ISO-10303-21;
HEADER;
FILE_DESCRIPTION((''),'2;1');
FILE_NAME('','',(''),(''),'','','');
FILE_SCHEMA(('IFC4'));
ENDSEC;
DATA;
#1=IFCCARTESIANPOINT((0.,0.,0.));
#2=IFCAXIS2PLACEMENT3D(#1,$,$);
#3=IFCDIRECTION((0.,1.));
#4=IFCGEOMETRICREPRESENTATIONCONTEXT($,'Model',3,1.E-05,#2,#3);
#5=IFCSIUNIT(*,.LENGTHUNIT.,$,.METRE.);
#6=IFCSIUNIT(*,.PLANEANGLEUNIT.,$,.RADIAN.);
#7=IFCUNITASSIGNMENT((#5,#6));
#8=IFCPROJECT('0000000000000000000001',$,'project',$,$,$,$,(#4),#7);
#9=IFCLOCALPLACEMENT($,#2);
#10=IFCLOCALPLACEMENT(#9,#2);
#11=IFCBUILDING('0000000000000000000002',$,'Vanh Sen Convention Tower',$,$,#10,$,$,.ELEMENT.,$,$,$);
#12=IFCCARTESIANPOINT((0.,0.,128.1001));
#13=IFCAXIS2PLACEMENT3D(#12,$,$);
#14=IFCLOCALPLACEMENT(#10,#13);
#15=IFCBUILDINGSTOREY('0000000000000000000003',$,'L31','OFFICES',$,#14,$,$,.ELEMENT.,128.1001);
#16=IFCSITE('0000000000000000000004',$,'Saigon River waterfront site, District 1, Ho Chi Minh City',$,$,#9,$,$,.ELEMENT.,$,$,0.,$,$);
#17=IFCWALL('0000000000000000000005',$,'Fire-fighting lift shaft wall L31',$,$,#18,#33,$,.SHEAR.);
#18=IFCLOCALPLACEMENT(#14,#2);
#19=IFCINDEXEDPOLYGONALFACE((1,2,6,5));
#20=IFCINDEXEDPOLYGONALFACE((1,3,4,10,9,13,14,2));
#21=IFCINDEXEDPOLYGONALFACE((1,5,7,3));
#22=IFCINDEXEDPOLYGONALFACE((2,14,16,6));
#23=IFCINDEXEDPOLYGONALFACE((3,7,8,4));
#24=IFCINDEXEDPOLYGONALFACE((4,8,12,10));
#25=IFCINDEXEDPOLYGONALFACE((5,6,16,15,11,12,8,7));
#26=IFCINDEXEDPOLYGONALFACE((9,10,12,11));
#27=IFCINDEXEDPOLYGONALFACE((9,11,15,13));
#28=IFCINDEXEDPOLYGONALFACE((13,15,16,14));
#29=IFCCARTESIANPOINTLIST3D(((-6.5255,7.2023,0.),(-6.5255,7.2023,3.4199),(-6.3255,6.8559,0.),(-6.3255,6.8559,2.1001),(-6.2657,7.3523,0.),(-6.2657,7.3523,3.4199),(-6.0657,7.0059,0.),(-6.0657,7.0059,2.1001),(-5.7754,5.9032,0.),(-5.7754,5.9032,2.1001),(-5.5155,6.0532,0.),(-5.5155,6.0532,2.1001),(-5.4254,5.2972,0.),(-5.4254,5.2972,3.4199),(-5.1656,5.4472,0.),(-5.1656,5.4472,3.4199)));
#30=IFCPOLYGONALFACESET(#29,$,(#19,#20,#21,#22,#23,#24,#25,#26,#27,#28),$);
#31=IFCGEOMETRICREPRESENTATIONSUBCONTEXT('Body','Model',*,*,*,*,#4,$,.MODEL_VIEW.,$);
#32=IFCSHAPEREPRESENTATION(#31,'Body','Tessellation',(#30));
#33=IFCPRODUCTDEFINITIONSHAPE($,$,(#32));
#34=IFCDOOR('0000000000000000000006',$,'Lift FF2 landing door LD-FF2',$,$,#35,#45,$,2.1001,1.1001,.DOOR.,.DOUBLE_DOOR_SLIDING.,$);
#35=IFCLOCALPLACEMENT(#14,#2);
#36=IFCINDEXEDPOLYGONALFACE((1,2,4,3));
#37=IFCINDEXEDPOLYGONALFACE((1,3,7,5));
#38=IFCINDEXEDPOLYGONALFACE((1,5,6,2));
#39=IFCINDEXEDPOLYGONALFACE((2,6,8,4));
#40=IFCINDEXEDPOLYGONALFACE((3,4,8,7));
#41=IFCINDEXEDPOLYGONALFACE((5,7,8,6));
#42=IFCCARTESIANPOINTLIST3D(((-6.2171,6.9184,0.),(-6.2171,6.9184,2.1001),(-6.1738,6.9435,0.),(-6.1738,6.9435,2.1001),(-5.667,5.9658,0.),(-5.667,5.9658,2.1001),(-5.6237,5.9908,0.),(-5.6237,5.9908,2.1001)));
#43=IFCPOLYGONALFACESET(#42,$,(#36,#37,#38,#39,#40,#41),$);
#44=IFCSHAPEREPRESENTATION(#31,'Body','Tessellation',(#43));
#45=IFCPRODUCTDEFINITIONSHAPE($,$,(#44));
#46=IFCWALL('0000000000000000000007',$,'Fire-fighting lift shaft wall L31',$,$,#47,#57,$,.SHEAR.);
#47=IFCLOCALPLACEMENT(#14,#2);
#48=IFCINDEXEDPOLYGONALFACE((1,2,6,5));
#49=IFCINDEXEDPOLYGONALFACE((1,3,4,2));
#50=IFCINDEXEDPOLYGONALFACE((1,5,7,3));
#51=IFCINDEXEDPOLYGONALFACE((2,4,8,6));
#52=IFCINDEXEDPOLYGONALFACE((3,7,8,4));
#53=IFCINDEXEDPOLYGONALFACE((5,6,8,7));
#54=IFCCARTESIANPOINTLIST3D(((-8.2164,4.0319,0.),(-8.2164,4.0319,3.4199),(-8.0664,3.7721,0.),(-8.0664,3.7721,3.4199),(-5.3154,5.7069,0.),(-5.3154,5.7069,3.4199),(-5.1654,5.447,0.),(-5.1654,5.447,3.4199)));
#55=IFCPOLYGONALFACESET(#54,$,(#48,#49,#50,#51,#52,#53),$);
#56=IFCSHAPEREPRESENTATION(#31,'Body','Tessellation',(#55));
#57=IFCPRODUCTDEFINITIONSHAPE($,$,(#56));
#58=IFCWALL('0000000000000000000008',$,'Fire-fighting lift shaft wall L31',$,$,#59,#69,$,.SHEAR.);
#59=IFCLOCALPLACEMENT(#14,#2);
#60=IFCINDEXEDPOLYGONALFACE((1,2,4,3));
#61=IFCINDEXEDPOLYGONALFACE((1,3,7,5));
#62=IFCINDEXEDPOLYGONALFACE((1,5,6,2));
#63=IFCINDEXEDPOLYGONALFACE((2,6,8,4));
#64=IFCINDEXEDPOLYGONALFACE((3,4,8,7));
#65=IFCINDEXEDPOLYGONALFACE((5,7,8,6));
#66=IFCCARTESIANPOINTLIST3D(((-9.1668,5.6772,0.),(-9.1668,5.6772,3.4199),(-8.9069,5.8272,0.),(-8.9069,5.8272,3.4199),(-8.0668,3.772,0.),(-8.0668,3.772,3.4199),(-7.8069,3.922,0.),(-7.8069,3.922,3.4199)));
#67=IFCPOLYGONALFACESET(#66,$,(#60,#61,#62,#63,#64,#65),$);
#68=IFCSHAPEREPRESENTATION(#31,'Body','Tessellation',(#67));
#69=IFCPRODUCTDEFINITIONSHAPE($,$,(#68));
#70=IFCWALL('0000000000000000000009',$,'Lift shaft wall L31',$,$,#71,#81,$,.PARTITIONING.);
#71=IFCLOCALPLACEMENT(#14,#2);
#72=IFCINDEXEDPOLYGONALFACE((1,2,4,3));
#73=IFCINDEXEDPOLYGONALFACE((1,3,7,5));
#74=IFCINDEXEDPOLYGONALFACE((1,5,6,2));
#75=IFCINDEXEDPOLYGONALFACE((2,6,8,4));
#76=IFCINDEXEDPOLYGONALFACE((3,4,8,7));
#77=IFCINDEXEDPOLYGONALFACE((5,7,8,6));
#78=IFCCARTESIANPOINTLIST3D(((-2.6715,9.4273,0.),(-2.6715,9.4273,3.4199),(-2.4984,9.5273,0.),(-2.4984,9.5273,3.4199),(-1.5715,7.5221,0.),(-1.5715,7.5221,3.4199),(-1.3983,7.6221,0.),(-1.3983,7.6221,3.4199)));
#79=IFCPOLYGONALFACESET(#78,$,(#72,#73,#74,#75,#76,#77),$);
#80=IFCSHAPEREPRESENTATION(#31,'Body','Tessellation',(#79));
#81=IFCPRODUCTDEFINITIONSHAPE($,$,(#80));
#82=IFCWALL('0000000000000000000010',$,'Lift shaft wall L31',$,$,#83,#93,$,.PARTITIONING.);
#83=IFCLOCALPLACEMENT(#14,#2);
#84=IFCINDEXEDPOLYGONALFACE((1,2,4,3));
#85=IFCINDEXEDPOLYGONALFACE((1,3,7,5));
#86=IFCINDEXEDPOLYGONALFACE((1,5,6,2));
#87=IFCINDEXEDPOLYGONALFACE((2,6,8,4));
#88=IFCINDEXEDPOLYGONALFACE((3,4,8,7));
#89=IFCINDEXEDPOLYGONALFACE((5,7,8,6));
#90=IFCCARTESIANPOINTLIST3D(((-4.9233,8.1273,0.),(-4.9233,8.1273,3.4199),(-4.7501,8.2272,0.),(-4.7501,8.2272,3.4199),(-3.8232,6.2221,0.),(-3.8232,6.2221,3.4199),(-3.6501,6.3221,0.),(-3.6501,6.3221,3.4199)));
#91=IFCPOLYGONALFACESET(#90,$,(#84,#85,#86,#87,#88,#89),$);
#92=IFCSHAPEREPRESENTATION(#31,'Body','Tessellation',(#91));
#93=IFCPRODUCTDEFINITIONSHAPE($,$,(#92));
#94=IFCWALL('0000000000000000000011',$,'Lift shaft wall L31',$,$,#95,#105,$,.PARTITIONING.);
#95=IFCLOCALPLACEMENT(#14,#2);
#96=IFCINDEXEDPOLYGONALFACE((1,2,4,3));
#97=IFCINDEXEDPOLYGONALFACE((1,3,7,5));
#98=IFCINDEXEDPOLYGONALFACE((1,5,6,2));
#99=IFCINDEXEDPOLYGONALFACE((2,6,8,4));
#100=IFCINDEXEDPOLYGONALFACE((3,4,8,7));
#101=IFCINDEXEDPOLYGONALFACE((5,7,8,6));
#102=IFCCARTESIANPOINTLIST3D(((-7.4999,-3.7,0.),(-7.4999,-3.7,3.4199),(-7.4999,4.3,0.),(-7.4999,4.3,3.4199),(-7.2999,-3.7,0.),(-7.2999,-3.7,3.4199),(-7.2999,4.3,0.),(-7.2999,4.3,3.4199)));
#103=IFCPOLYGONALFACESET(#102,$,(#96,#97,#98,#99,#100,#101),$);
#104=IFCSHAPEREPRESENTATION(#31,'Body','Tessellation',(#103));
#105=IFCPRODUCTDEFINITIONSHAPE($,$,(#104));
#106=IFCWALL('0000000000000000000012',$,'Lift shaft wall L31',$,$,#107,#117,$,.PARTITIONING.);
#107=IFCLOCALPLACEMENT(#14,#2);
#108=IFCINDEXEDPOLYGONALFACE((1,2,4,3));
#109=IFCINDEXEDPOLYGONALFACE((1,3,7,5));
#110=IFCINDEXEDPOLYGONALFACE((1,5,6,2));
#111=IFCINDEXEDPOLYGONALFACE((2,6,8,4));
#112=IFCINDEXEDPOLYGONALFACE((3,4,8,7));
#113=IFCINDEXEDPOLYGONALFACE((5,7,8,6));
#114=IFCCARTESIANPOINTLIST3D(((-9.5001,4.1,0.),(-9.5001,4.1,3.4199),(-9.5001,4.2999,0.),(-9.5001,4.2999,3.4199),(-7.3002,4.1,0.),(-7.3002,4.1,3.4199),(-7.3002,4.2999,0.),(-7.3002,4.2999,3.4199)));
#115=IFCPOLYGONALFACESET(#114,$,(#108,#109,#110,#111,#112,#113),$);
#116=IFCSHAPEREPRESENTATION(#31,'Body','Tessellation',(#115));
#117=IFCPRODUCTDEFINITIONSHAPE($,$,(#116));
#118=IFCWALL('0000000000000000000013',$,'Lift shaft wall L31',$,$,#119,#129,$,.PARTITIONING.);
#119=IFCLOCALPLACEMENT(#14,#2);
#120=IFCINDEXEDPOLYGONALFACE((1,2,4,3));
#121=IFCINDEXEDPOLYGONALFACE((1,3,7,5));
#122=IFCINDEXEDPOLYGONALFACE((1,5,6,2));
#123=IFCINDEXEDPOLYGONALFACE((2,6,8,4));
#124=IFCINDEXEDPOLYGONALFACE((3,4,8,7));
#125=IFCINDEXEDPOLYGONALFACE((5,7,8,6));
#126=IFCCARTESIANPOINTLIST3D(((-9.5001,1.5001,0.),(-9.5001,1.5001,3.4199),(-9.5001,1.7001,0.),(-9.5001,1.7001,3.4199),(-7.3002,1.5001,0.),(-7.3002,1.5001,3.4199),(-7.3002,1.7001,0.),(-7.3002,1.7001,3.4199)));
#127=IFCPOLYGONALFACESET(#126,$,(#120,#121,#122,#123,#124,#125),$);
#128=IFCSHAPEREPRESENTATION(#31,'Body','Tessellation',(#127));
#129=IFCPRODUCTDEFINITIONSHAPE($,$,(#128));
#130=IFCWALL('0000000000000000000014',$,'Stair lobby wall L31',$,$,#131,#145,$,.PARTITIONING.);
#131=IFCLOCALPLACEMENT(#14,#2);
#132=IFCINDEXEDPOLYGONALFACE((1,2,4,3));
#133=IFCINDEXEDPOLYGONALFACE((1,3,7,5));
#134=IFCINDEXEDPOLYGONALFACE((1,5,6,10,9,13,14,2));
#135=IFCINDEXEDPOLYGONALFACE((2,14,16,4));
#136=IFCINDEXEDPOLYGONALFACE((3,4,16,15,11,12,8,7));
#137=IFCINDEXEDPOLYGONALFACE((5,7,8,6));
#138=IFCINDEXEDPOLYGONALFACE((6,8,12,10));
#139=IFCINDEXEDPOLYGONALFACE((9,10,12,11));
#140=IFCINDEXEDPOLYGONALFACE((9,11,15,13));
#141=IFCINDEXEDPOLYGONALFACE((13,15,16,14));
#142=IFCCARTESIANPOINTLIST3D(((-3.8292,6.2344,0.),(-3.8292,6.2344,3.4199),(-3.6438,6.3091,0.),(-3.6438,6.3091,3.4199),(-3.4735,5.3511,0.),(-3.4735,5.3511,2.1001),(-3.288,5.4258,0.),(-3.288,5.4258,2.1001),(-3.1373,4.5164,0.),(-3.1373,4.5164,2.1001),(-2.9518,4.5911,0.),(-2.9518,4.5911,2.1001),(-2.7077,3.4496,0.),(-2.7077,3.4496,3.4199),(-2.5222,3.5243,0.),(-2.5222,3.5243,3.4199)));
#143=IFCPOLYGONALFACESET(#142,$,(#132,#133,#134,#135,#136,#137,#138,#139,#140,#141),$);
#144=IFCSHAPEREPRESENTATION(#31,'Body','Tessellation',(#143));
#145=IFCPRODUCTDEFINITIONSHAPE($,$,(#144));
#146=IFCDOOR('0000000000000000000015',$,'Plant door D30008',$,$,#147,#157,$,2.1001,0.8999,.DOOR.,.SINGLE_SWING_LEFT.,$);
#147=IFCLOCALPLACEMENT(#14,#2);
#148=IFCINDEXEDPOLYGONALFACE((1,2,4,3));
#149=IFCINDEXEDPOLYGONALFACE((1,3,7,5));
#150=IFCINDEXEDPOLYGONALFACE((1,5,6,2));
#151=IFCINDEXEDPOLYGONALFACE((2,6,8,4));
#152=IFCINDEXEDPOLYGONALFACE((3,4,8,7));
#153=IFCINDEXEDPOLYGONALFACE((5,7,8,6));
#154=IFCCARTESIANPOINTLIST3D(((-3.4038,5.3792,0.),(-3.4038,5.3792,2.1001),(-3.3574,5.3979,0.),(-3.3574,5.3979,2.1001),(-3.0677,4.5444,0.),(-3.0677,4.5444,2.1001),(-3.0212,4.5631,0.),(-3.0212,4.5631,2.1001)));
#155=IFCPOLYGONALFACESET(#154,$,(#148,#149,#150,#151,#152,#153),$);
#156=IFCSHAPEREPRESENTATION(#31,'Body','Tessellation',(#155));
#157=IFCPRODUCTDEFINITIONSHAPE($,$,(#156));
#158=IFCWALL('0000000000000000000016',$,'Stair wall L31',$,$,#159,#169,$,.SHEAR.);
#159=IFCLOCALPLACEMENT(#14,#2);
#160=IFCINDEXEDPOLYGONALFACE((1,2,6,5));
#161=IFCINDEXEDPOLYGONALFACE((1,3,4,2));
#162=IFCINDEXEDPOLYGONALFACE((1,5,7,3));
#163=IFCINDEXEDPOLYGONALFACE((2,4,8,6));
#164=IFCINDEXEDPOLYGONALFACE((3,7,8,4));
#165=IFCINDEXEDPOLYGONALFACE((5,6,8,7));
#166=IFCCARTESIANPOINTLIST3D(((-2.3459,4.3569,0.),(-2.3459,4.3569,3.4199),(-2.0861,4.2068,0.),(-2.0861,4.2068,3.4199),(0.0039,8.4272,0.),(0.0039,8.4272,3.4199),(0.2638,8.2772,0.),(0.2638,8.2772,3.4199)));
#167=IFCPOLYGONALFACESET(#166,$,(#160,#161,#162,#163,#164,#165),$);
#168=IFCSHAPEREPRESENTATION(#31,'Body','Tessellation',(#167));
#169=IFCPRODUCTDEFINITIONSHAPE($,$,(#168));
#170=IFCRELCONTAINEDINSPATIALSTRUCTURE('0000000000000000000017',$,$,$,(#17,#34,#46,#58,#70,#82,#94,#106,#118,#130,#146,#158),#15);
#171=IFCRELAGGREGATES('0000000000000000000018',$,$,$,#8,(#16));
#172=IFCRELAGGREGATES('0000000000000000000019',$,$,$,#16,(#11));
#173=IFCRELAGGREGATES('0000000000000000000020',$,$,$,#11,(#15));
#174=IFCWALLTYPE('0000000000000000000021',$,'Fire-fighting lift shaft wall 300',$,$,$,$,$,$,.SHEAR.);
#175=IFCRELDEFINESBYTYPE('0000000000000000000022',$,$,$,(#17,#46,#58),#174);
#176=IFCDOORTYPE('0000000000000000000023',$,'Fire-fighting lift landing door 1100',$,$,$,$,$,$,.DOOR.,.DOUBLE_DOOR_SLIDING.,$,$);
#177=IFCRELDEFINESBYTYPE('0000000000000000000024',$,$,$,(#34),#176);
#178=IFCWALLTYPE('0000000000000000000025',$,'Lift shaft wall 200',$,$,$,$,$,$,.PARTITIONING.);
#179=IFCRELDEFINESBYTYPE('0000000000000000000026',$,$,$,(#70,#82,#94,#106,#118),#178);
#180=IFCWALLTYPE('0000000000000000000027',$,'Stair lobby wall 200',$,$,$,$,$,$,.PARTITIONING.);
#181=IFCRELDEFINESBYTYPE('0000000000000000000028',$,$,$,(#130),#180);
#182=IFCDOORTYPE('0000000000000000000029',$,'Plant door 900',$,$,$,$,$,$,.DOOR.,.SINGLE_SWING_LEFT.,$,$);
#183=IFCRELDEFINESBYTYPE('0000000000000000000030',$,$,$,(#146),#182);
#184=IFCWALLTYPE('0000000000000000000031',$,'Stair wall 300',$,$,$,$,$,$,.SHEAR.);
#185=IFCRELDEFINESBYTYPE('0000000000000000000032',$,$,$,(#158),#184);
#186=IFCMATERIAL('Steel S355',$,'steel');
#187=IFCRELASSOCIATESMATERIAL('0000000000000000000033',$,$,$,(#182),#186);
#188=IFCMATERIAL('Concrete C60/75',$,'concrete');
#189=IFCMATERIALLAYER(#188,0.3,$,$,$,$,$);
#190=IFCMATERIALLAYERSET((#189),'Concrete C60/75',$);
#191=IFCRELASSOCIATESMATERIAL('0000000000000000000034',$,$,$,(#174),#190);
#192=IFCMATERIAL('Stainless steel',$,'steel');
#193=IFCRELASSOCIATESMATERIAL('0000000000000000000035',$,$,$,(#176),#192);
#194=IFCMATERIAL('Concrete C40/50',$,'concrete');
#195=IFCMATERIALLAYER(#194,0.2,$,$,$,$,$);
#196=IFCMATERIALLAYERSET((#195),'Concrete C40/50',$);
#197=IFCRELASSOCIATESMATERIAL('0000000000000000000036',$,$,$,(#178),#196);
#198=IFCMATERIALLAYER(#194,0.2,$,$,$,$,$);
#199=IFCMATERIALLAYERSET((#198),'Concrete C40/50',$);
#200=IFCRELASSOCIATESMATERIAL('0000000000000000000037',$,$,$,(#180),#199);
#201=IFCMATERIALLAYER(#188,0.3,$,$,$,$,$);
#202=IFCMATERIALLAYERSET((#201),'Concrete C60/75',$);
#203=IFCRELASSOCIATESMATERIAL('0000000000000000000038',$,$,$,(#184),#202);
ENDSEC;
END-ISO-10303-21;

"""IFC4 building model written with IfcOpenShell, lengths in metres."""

from ifc_helpers import new_model, si_unit, direction, frame, frame_2d, origin, place, context, subcontext, project, spatial, rectangle, extrude, material, layer, layer_set, type_object, element, fill, save


model = new_model("IFC4")

# Units and contexts
model_context = context("Model", 3, precision=1e-05, world=origin(), true_north=direction((0.0, 1.0)))
body_context = subcontext(model_context, "Body", "Model", "MODEL_VIEW")
ifc_project = project(units=[si_unit("LENGTHUNIT", "METRE"), si_unit("PLANEANGLEUNIT", "RADIAN")], contexts=[model_context])

# Site, building, storey
site_placement = place(None, origin())
site = spatial("IfcSite", under=ifc_project, at=site_placement, Name="Saigon River waterfront site, District 1, Ho Chi Minh City", CompositionType="ELEMENT", RefElevation=0.0)
building_placement = place(site_placement, origin())
building = spatial("IfcBuilding", under=site, at=building_placement, Name="Vanh Sen Convention Tower", CompositionType="ELEMENT")
storey_placement = place(building_placement, frame((0.0, 0.0, 128.1001)))
storey = spatial("IfcBuildingStorey", under=building, at=storey_placement, Name="L31", Description="OFFICES", CompositionType="ELEMENT", Elevation=128.1001)

# Wall, opening, door
ifc_material_1 = material(Name="Steel S355", Category="steel")
door_type_1 = type_object("IfcDoorType", Name="Plant door 900", OperationType="SINGLE_SWING_LEFT", PredefinedType="DOOR", material=ifc_material_1)
ifc_material_2 = material(Name="Concrete C60/75", Category="concrete")
ifc_layer_1 = layer(ifc_material_2, 0.3)
ifc_layer_set_1 = layer_set([ifc_layer_1], Name="Concrete C60/75")
wall_type_1 = type_object("IfcWallType", Name="Fire-fighting lift shaft wall 300", PredefinedType="SHEAR", material=ifc_layer_set_1)
wall_1_placement = place(storey_placement, frame((-5.2954, 5.3721, 0.0), z_axis=(0.0, 0.0, 1.0), x_axis=(-0.500078, 0.86598, 0.0)))
wall_1 = element("IfcWall", 1, at=wall_1_placement, inside=storey, type_object=wall_type_1, Name="Fire-fighting lift shaft wall L31", PredefinedType="SHEAR", context=body_context, shape_type="SweptSolid", body=[
    extrude(rectangle(XDim=2.2, YDim=0.3, at=frame_2d((1.1001, 0.0))), origin(), (0.0, 0.0, 1.0), 3.4199),
])
opening_1_placement = place(wall_1_placement, frame((0.7, 0.0, 0.0)))
opening_1 = element("IfcOpeningElement", 2, at=opening_1_placement, cuts=wall_1, PredefinedType="OPENING", context=body_context, shape_type="SweptSolid", body=[
    extrude(rectangle(XDim=1.1001, YDim=2.1001, at=frame_2d((0.55, 1.05))), frame((0.0, 0.1599, 0.0), z_axis=(0.0, -1.0, 0.0), x_axis=(1.0, 0.0, 0.0)), (0.0, 0.0, 1.0), 0.3201),
])
ifc_material_3 = material(Name="Stainless steel", Category="steel")
door_type_2 = type_object("IfcDoorType", Name="Fire-fighting lift landing door 1100", OperationType="DOUBLE_DOOR_SLIDING", PredefinedType="DOOR", material=ifc_material_3)
door_1_placement = place(opening_1_placement, origin())
door_1 = element("IfcDoor", 3, at=door_1_placement, inside=storey, type_object=door_type_2, Name="Lift FF2 landing door LD-FF2", OperationType="DOUBLE_DOOR_SLIDING", OverallHeight=2.1001, OverallWidth=1.1001, PredefinedType="DOOR", context=body_context, shape_type="SweptSolid", body=[
    extrude(rectangle(XDim=1.1001, YDim=2.1001, at=frame_2d((0.55, 1.05))), frame((0.0, 0.0249, 0.0), z_axis=(0.0, -1.0, 0.0), x_axis=(1.0, 0.0, 0.0)), (0.0, 0.0, 1.0), 0.05),
])
fill(opening_1, door_1)

# Walls
wall_2_placement = place(storey_placement, frame((-5.2405, 5.5769, 0.0), z_axis=(0.0, 0.0, 1.0), x_axis=(-0.866014, -0.500019, 0.0)))
element("IfcWall", 4, at=wall_2_placement, inside=storey, type_object=wall_type_1, Name="Fire-fighting lift shaft wall L31", PredefinedType="SHEAR", context=body_context, shape_type="SweptSolid", body=[
    extrude(rectangle(XDim=3.3499, YDim=0.3, at=frame_2d((1.6748, 0.0))), origin(), (0.0, 0.0, 1.0), 3.4199),
])
wall_3_placement = place(storey_placement, frame((-7.9368, 3.8469, 0.0), z_axis=(0.0, 0.0, 1.0), x_axis=(-0.50003, 0.866008, 0.0)))
element("IfcWall", 5, at=wall_3_placement, inside=storey, type_object=wall_type_1, Name="Fire-fighting lift shaft wall L31", PredefinedType="SHEAR", context=body_context, shape_type="SweptSolid", body=[
    extrude(rectangle(XDim=2.2, YDim=0.3, at=frame_2d((1.1001, 0.0))), origin(), (0.0, 0.0, 1.0), 3.4199),
])
ifc_material_4 = material(Name="Concrete C40/50", Category="concrete")
ifc_layer_2 = layer(ifc_material_4, 0.2)
ifc_layer_set_2 = layer_set([ifc_layer_2], Name="Concrete C40/50")
wall_type_2 = type_object("IfcWallType", Name="Lift shaft wall 200", PredefinedType="PARTITIONING", material=ifc_layer_set_2)
for number, where, z_axis, x_axis, name in (
    (6, (-1.4849, 7.572, 0.0), (0.0, 0.0, 1.0), (-0.50003, 0.866008, 0.0), "Lift shaft wall L31"),
    (7, (-3.7366, 6.272, 0.0), (0.0, 0.0, 1.0), (-0.50003, 0.866008, 0.0), "Lift shaft wall L31"),
):
    element("IfcWall", number, at=place(storey_placement, frame(where, z_axis=z_axis, x_axis=x_axis)), inside=storey, type_object=wall_type_2, Name=name, PredefinedType="PARTITIONING", context=body_context, shape_type="SweptSolid", body=[
        extrude(rectangle(XDim=2.2, YDim=0.2, at=frame_2d((1.1001, 0.0))), origin(), (0.0, 0.0, 1.0), 3.4199),
    ])
wall_4_placement = place(storey_placement, frame((-7.3999, 4.3, 0.0), z_axis=(0.0, 0.0, 1.0), x_axis=(0.0, -1.0, 0.0)))
element("IfcWall", 8, at=wall_4_placement, inside=storey, type_object=wall_type_2, Name="Lift shaft wall L31", PredefinedType="PARTITIONING", context=body_context, shape_type="SweptSolid", body=[
    extrude(rectangle(XDim=8.0, YDim=0.2, at=frame_2d((4.0, 0.0))), origin(), (0.0, 0.0, 1.0), 3.4199),
])
for number, where, z_axis, x_axis, name in (
    (9, (-7.3, 4.2, 0.0), (0.0, 0.0, 1.0), (-1.0, 0.0, 0.0), "Lift shaft wall L31"),
    (10, (-7.3, 1.6001, 0.0), (0.0, 0.0, 1.0), (-1.0, 0.0, 0.0), "Lift shaft wall L31"),
):
    element("IfcWall", number, at=place(storey_placement, frame(where, z_axis=z_axis, x_axis=x_axis)), inside=storey, type_object=wall_type_2, Name=name, PredefinedType="PARTITIONING", context=body_context, shape_type="SweptSolid", body=[
        extrude(rectangle(XDim=2.2, YDim=0.2, at=frame_2d((1.1001, 0.0))), origin(), (0.0, 0.0, 1.0), 3.4199),
    ])

# Wall, opening, door
ifc_layer_3 = layer(ifc_material_4, 0.2)
ifc_layer_set_3 = layer_set([ifc_layer_3], Name="Concrete C40/50")
wall_type_3 = type_object("IfcWallType", Name="Stair lobby wall 200", PredefinedType="PARTITIONING", material=ifc_layer_set_3)
wall_5_placement = place(storey_placement, frame((-2.615, 3.4871, 0.0), z_axis=(0.0, 0.0, 1.0), x_axis=(-0.373577, 0.927599, 0.0)))
wall_5 = element("IfcWall", 11, at=wall_5_placement, inside=storey, type_object=wall_type_3, Name="Stair lobby wall L31", PredefinedType="PARTITIONING", context=body_context, shape_type="SweptSolid", body=[
    extrude(rectangle(XDim=3.0022, YDim=0.2, at=frame_2d((1.501, 0.0))), origin(), (0.0, 0.0, 1.0), 3.4199),
])
opening_2_placement = place(wall_5_placement, frame((1.1499, 0.0, 0.0)))
opening_2 = element("IfcOpeningElement", 12, at=opening_2_placement, cuts=wall_5, PredefinedType="OPENING", context=body_context, shape_type="SweptSolid", body=[
    extrude(rectangle(XDim=0.8999, YDim=2.1001, at=frame_2d((0.45, 1.05))), frame((0.0, 0.1099, 0.0), z_axis=(0.0, -1.0, 0.0), x_axis=(1.0, 0.0, 0.0)), (0.0, 0.0, 1.0), 0.22),
])
door_2_placement = place(opening_2_placement, origin())
door_2 = element("IfcDoor", 13, at=door_2_placement, inside=storey, type_object=door_type_1, Name="Plant door D30008", OperationType="SINGLE_SWING_LEFT", OverallHeight=2.1001, OverallWidth=0.8999, PredefinedType="DOOR", context=body_context, shape_type="SweptSolid", body=[
    extrude(rectangle(XDim=0.8999, YDim=2.1001, at=frame_2d((0.45, 1.05))), frame((0.0, 0.0249, 0.0), z_axis=(0.0, -1.0, 0.0), x_axis=(1.0, 0.0, 0.0)), (0.0, 0.0, 1.0), 0.05),
])
fill(opening_2, door_2)

# Wall
ifc_layer_4 = layer(ifc_material_2, 0.3)
ifc_layer_set_4 = layer_set([ifc_layer_4], Name="Concrete C60/75")
wall_type_4 = type_object("IfcWallType", Name="Stair wall 300", PredefinedType="SHEAR", material=ifc_layer_set_4)
wall_6_placement = place(storey_placement, frame((-2.2161, 4.2817, 0.0), z_axis=(0.0, 0.0, 1.0), x_axis=(0.499977, 0.866039, 0.0)))
element("IfcWall", 14, at=wall_6_placement, inside=storey, type_object=wall_type_4, Name="Stair wall L31", PredefinedType="SHEAR", context=body_context, shape_type="SweptSolid", body=[
    extrude(rectangle(XDim=4.7, YDim=0.3, at=frame_2d((2.3501, 0.0))), origin(), (0.0, 0.0, 1.0), 3.4199),
])

save(model, "model.ifc")
